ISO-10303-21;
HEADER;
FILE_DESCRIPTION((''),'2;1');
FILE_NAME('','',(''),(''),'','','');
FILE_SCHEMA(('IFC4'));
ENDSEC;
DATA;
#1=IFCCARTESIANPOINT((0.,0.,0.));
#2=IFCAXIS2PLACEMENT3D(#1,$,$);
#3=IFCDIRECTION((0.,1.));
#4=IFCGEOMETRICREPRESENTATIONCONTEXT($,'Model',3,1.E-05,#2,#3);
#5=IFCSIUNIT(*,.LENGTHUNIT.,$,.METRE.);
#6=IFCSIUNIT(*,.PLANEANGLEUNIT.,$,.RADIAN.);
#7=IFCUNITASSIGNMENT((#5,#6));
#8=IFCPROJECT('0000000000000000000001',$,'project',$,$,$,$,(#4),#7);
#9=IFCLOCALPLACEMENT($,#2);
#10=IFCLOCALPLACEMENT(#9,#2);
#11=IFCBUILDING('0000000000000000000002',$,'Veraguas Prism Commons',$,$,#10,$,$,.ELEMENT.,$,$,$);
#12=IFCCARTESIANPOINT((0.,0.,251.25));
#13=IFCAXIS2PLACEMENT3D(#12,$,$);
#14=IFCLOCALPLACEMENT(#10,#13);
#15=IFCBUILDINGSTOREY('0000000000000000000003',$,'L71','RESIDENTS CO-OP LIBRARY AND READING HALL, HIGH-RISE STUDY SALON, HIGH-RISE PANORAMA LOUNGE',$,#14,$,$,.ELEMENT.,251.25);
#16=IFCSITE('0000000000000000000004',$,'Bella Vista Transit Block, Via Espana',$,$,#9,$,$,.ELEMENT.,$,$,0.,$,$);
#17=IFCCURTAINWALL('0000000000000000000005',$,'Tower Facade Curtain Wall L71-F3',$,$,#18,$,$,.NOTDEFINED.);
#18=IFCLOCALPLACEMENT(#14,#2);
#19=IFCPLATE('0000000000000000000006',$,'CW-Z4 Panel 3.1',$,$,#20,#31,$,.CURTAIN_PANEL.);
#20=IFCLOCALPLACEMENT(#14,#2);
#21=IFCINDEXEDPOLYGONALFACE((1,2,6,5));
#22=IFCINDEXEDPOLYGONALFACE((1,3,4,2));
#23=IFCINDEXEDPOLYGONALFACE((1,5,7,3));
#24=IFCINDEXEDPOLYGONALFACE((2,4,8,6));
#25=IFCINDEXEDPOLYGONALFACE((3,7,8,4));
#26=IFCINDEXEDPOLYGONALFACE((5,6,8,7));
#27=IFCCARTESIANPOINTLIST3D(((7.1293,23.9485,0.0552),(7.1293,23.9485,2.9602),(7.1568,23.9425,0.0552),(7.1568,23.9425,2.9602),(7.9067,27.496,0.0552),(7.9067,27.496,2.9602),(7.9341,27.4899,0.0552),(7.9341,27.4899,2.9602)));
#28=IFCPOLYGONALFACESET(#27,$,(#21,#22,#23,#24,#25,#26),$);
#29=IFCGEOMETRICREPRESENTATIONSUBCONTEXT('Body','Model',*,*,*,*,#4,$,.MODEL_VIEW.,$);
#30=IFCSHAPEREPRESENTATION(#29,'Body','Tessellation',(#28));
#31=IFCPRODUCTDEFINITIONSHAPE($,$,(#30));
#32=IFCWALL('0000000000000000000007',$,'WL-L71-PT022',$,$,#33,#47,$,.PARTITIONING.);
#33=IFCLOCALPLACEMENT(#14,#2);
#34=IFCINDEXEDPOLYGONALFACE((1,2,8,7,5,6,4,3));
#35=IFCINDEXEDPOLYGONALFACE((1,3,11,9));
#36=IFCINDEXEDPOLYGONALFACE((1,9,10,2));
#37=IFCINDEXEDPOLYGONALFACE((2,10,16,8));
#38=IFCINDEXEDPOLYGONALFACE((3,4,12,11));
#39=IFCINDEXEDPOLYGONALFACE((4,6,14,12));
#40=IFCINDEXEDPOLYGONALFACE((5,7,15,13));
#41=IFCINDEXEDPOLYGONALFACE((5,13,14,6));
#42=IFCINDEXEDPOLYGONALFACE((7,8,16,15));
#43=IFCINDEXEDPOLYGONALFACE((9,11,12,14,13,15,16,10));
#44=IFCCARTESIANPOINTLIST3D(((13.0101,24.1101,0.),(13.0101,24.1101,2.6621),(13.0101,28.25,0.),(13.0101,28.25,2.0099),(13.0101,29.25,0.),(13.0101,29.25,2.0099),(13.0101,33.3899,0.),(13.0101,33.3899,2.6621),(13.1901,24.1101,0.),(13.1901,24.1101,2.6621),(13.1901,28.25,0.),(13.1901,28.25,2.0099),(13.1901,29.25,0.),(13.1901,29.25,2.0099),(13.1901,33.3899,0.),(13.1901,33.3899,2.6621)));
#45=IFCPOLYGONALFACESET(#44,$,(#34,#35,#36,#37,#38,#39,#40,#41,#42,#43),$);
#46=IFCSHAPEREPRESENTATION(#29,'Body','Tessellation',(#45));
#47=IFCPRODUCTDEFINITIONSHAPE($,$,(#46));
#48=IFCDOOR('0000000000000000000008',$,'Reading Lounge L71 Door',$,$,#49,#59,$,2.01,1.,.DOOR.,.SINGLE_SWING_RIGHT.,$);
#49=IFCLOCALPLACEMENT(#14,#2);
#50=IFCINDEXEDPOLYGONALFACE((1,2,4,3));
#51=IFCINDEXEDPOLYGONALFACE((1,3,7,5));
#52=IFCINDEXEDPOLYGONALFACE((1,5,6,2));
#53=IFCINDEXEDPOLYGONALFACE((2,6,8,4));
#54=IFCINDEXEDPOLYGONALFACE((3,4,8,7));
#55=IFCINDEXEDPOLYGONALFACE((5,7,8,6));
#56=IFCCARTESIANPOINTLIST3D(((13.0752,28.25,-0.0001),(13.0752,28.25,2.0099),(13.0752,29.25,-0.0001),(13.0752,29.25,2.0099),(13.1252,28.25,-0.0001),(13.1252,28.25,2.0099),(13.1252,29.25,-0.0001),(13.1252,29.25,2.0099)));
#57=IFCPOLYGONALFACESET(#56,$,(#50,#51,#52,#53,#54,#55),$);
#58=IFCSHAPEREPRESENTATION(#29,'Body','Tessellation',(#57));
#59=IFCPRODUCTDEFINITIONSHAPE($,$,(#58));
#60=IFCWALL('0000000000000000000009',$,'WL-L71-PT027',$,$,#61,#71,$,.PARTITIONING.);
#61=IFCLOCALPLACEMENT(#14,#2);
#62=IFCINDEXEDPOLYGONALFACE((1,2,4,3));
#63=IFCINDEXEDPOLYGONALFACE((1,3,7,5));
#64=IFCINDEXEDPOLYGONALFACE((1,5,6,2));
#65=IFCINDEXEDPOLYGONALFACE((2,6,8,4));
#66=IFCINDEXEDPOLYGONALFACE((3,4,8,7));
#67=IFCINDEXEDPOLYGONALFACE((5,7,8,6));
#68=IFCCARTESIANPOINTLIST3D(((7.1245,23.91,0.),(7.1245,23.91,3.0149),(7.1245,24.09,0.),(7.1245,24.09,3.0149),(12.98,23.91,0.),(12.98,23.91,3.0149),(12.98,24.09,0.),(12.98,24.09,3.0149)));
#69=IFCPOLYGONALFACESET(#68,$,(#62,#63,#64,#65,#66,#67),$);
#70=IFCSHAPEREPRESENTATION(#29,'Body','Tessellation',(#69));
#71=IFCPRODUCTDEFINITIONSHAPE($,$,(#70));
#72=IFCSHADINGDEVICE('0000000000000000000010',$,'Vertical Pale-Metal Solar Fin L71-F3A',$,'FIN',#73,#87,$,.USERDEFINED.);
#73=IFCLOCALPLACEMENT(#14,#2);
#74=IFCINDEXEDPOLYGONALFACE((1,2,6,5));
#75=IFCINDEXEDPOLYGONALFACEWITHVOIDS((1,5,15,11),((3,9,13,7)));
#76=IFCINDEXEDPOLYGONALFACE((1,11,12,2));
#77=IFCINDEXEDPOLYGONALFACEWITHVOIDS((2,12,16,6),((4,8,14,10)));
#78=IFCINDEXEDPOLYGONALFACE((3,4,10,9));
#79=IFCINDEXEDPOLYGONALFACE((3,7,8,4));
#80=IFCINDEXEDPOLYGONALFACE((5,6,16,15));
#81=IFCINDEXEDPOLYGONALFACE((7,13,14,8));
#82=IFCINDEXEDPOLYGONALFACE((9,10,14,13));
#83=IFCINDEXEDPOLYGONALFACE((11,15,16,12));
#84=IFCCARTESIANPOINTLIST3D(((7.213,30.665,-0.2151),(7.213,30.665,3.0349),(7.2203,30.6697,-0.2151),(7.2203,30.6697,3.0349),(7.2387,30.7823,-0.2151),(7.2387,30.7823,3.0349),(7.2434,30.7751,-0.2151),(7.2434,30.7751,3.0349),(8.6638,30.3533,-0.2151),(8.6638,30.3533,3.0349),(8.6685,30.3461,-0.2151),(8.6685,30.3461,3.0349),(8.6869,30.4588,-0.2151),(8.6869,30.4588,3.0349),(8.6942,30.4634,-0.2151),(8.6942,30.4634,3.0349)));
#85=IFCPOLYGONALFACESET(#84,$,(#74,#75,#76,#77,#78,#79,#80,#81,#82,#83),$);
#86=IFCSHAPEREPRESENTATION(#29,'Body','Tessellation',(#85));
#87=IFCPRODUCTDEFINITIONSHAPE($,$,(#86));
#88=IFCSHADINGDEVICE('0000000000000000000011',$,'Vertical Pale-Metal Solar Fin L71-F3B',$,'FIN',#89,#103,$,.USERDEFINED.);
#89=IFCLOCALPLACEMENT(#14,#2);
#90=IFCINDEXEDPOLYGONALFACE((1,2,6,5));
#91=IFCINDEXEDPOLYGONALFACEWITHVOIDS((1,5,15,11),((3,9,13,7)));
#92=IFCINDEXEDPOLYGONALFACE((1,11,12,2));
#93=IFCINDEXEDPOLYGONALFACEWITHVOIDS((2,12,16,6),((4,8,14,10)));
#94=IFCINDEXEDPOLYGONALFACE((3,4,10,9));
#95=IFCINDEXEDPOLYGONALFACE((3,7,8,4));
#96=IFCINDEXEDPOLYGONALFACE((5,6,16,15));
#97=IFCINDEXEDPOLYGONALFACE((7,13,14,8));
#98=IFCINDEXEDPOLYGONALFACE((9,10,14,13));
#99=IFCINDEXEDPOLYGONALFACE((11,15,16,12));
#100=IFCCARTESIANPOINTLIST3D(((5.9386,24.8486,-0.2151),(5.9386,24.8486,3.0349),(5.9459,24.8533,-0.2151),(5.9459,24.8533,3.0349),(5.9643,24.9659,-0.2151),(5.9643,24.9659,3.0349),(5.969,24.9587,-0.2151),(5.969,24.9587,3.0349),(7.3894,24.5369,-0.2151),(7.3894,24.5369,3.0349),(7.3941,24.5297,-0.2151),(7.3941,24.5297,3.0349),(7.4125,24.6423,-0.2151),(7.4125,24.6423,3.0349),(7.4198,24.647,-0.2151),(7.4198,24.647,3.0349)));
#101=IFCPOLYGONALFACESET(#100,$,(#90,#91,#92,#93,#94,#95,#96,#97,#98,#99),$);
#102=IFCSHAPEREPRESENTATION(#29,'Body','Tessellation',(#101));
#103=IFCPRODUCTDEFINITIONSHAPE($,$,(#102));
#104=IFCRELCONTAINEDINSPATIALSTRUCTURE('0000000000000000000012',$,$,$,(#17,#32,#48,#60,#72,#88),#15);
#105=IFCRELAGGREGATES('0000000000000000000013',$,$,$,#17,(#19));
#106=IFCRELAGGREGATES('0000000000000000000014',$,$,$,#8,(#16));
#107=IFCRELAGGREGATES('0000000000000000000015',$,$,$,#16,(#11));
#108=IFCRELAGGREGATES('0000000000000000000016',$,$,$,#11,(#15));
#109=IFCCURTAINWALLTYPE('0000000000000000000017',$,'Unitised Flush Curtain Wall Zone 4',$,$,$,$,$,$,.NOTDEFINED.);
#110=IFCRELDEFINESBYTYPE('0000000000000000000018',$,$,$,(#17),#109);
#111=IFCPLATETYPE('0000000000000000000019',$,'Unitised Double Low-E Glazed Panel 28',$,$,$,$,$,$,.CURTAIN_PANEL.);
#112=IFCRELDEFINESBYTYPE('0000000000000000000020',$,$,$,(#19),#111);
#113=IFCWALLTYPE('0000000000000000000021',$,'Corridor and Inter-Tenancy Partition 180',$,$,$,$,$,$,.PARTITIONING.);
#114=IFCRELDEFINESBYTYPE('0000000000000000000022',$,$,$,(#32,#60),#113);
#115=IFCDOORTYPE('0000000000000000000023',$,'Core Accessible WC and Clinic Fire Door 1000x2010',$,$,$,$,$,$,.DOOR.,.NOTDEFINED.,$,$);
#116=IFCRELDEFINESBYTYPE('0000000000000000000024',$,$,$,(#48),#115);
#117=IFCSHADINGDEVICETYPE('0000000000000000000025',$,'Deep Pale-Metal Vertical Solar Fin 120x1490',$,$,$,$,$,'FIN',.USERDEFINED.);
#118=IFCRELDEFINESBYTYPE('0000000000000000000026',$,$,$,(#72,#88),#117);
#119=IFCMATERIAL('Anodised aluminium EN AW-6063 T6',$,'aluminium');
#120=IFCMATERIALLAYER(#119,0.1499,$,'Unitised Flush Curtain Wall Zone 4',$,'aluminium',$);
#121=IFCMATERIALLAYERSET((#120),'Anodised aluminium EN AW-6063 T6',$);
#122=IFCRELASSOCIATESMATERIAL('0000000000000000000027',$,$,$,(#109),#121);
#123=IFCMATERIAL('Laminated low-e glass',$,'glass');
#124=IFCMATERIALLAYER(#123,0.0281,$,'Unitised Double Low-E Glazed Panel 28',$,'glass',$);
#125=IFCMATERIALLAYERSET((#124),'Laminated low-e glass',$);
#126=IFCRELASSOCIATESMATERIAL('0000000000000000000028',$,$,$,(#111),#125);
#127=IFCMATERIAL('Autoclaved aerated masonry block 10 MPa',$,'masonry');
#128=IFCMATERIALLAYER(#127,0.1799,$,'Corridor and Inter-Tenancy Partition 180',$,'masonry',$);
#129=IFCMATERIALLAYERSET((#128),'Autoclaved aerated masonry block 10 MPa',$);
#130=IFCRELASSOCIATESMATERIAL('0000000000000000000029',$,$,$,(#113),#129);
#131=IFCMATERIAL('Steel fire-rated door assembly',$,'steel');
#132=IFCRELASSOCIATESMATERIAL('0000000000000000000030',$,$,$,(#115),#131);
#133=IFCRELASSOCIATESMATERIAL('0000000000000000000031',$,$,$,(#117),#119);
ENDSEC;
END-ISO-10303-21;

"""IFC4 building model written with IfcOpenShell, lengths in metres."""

from ifc_helpers import new_model, si_unit, direction, frame, frame_2d, origin, origin_2d, place, context, subcontext, project, spatial, rectangle, hollow_rectangle, extrude, source, transform, mapped, material, layer, layer_set, material_profile, profile_set, type_object, element, fill, aggregate, save


model = new_model("IFC4")

# Units and contexts
model_context = context("Model", 3, precision=1e-05, world=origin(), true_north=direction((0.0, 1.0)))
body_context = subcontext(model_context, "Body", "Model", "MODEL_VIEW")
ifc_project = project(units=[si_unit("LENGTHUNIT", "METRE"), si_unit("PLANEANGLEUNIT", "RADIAN")], contexts=[model_context])

# Site, building, storey
site_placement = place(None, origin())
site = spatial("IfcSite", under=ifc_project, at=site_placement, Name="Bella Vista Transit Block, Via Espana", CompositionType="ELEMENT", RefElevation=0.0)
building_placement = place(site_placement, origin())
building = spatial("IfcBuilding", under=site, at=building_placement, Name="Veraguas Prism Commons", CompositionType="ELEMENT")
storey_placement = place(building_placement, frame((0.0, 0.0, 251.25)))
storey = spatial("IfcBuildingStorey", under=building, at=storey_placement, Name="L71", Description="RESIDENTS CO-OP LIBRARY AND READING HALL, HIGH-RISE STUDY SALON, HIGH-RISE PANORAMA LOUNGE", CompositionType="ELEMENT", Elevation=251.25)

# Curtain wall, plate
ifc_material_1 = material(Name="Anodised aluminium EN AW-6063 T6", Category="aluminium")
ifc_layer_1 = layer(ifc_material_1, 0.1499, Name="Unitised Flush Curtain Wall Zone 4", Category="aluminium")
ifc_layer_set_1 = layer_set([ifc_layer_1], Name="Anodised aluminium EN AW-6063 T6")
curtain_wall_type = type_object("IfcCurtainWallType", Name="Unitised Flush Curtain Wall Zone 4", PredefinedType="NOTDEFINED", material=ifc_layer_set_1)
curtain_wall_placement = place(storey_placement, origin())
curtain_wall = element("IfcCurtainWall", 1, at=curtain_wall_placement, inside=storey, type_object=curtain_wall_type, Name="Tower Facade Curtain Wall L71-F3", PredefinedType="NOTDEFINED")
ifc_material_2 = material(Name="Laminated low-e glass", Category="glass")
ifc_layer_2 = layer(ifc_material_2, 0.0281, Name="Unitised Double Low-E Glazed Panel 28", Category="glass")
ifc_layer_set_2 = layer_set([ifc_layer_2], Name="Laminated low-e glass")
plate_type = type_object("IfcPlateType", Name="Unitised Double Low-E Glazed Panel 28", PredefinedType="CURTAIN_PANEL", material=ifc_layer_set_2)
shared_shape_1 = source(origin(), body_context, "Body", "SweptSolid", [
    extrude(rectangle(XDim=3.6316, YDim=0.0281, at=origin_2d()), origin(), (0.0, 0.0, 1.0), 2.905),
])
plate_1_placement = place(storey_placement, frame((7.5317, 25.7192, 0.0552), z_axis=(0.0, 0.0, 1.0), x_axis=(-0.214053, -0.976822, 0.0)))
plate_1 = element("IfcPlate", 2, at=plate_1_placement, type_object=plate_type, Name="CW-Z4 Panel 3.1", PredefinedType="CURTAIN_PANEL", context=body_context, shape_type="MappedRepresentation", body=[
    mapped(shared_shape_1, transform((0.0, 0.0, 0.0), scale=1.0)),
])
aggregate(curtain_wall, [plate_1])

# Wall, opening, door
ifc_material_3 = material(Name="Autoclaved aerated masonry block 10 MPa", Category="masonry")
ifc_layer_3 = layer(ifc_material_3, 0.1799, Name="Corridor and Inter-Tenancy Partition 180", Category="masonry")
ifc_layer_set_3 = layer_set([ifc_layer_3], Name="Autoclaved aerated masonry block 10 MPa")
wall_type = type_object("IfcWallType", Name="Corridor and Inter-Tenancy Partition 180", PredefinedType="PARTITIONING", material=ifc_layer_set_3)
wall_1_placement = place(storey_placement, frame((13.1001, 24.1101, 0.0), z_axis=(0.0, 0.0, 1.0), x_axis=(0.0, 1.0, 0.0)))
wall_1 = element("IfcWall", 3, at=wall_1_placement, inside=storey, type_object=wall_type, Name="WL-L71-PT022", PredefinedType="PARTITIONING", context=body_context, shape_type="SweptSolid", body=[
    extrude(rectangle(XDim=9.2798, YDim=0.1799, at=frame_2d((4.6399, 0.0))), origin(), (0.0, 0.0, 1.0), 2.6621),
])
opening_placement = place(wall_1_placement, frame((4.1399, 0.0, 0.0)))
opening = element("IfcOpeningElement", 4, at=opening_placement, cuts=wall_1, PredefinedType="OPENING", context=body_context, shape_type="SweptSolid", body=[
    extrude(rectangle(XDim=1.0, YDim=2.01, at=frame_2d((0.5, 1.0049))), frame((0.0, 0.0999, 0.0), z_axis=(0.0, -1.0, 0.0), x_axis=(1.0, 0.0, 0.0)), (0.0, 0.0, 1.0), 0.2),
])
ifc_material_4 = material(Name="Steel fire-rated door assembly", Category="steel")
door_type = type_object("IfcDoorType", Name="Core Accessible WC and Clinic Fire Door 1000x2010", OperationType="NOTDEFINED", PredefinedType="DOOR", material=ifc_material_4)
shared_shape_2 = source(origin(), body_context, "Body", "SweptSolid", [
    extrude(rectangle(XDim=1.0, YDim=2.01, at=frame_2d((0.5, 1.0049))), frame((0.0, 0.0249, 0.0), z_axis=(0.0, -1.0, 0.0), x_axis=(1.0, 0.0, 0.0)), (0.0, 0.0, 1.0), 0.05),
])
door_placement = place(opening_placement, origin())
door = element("IfcDoor", 5, at=door_placement, inside=storey, type_object=door_type, Name="Reading Lounge L71 Door", OperationType="SINGLE_SWING_RIGHT", OverallHeight=2.01, OverallWidth=1.0, PredefinedType="DOOR", context=body_context, shape_type="MappedRepresentation", body=[
    mapped(shared_shape_2, transform((0.0, 0.0, 0.0), scale=1.0)),
])
fill(opening, door)

# Wall
wall_2_placement = place(storey_placement, frame((12.98, 24.0, 0.0), z_axis=(0.0, 0.0, 1.0), x_axis=(-1.0, 0.0, 0.0)))
element("IfcWall", 6, at=wall_2_placement, inside=storey, type_object=wall_type, Name="WL-L71-PT027", PredefinedType="PARTITIONING", context=body_context, shape_type="SweptSolid", body=[
    extrude(rectangle(XDim=5.8555, YDim=0.1799, at=frame_2d((2.9277, 0.0))), origin(), (0.0, 0.0, 1.0), 3.0149),
])

# Shading devices
ifc_material_profile_1 = material_profile(ifc_material_1, hollow_rectangle(XDim=0.1201, YDim=1.49, WallThickness=0.0061, at=origin_2d()), Name="FIN120X1490X6")
ifc_profile_set_1 = profile_set([ifc_material_profile_1], Name="Anodised aluminium EN AW-6063 T6")
shading_device_type = type_object("IfcShadingDeviceType", Name="Deep Pale-Metal Vertical Solar Fin 120x1490", ElementType="FIN", PredefinedType="USERDEFINED", material=ifc_profile_set_1)
for number, where, z_axis, x_axis, name in (
    (7, (7.9536, 30.5642, -0.2151), (0.0, 0.0, 1.0), (-0.214048, -0.976823, 0.0), "Vertical Pale-Metal Solar Fin L71-F3A"),
    (8, (6.6792, 24.7478, -0.2151), (0.0, 0.0, 1.0), (-0.214048, -0.976823, 0.0), "Vertical Pale-Metal Solar Fin L71-F3B"),
):
    element("IfcShadingDevice", number, at=place(storey_placement, frame(where, z_axis=z_axis, x_axis=x_axis)), inside=storey, type_object=shading_device_type, Name=name, ObjectType="FIN", PredefinedType="USERDEFINED", context=body_context, shape_type="SweptSolid", body=[
        extrude(hollow_rectangle(XDim=0.1201, YDim=1.49, WallThickness=0.0061, at=origin_2d()), origin(), (0.0, 0.0, 1.0), 3.25),
    ])

save(model, "model.ifc")
